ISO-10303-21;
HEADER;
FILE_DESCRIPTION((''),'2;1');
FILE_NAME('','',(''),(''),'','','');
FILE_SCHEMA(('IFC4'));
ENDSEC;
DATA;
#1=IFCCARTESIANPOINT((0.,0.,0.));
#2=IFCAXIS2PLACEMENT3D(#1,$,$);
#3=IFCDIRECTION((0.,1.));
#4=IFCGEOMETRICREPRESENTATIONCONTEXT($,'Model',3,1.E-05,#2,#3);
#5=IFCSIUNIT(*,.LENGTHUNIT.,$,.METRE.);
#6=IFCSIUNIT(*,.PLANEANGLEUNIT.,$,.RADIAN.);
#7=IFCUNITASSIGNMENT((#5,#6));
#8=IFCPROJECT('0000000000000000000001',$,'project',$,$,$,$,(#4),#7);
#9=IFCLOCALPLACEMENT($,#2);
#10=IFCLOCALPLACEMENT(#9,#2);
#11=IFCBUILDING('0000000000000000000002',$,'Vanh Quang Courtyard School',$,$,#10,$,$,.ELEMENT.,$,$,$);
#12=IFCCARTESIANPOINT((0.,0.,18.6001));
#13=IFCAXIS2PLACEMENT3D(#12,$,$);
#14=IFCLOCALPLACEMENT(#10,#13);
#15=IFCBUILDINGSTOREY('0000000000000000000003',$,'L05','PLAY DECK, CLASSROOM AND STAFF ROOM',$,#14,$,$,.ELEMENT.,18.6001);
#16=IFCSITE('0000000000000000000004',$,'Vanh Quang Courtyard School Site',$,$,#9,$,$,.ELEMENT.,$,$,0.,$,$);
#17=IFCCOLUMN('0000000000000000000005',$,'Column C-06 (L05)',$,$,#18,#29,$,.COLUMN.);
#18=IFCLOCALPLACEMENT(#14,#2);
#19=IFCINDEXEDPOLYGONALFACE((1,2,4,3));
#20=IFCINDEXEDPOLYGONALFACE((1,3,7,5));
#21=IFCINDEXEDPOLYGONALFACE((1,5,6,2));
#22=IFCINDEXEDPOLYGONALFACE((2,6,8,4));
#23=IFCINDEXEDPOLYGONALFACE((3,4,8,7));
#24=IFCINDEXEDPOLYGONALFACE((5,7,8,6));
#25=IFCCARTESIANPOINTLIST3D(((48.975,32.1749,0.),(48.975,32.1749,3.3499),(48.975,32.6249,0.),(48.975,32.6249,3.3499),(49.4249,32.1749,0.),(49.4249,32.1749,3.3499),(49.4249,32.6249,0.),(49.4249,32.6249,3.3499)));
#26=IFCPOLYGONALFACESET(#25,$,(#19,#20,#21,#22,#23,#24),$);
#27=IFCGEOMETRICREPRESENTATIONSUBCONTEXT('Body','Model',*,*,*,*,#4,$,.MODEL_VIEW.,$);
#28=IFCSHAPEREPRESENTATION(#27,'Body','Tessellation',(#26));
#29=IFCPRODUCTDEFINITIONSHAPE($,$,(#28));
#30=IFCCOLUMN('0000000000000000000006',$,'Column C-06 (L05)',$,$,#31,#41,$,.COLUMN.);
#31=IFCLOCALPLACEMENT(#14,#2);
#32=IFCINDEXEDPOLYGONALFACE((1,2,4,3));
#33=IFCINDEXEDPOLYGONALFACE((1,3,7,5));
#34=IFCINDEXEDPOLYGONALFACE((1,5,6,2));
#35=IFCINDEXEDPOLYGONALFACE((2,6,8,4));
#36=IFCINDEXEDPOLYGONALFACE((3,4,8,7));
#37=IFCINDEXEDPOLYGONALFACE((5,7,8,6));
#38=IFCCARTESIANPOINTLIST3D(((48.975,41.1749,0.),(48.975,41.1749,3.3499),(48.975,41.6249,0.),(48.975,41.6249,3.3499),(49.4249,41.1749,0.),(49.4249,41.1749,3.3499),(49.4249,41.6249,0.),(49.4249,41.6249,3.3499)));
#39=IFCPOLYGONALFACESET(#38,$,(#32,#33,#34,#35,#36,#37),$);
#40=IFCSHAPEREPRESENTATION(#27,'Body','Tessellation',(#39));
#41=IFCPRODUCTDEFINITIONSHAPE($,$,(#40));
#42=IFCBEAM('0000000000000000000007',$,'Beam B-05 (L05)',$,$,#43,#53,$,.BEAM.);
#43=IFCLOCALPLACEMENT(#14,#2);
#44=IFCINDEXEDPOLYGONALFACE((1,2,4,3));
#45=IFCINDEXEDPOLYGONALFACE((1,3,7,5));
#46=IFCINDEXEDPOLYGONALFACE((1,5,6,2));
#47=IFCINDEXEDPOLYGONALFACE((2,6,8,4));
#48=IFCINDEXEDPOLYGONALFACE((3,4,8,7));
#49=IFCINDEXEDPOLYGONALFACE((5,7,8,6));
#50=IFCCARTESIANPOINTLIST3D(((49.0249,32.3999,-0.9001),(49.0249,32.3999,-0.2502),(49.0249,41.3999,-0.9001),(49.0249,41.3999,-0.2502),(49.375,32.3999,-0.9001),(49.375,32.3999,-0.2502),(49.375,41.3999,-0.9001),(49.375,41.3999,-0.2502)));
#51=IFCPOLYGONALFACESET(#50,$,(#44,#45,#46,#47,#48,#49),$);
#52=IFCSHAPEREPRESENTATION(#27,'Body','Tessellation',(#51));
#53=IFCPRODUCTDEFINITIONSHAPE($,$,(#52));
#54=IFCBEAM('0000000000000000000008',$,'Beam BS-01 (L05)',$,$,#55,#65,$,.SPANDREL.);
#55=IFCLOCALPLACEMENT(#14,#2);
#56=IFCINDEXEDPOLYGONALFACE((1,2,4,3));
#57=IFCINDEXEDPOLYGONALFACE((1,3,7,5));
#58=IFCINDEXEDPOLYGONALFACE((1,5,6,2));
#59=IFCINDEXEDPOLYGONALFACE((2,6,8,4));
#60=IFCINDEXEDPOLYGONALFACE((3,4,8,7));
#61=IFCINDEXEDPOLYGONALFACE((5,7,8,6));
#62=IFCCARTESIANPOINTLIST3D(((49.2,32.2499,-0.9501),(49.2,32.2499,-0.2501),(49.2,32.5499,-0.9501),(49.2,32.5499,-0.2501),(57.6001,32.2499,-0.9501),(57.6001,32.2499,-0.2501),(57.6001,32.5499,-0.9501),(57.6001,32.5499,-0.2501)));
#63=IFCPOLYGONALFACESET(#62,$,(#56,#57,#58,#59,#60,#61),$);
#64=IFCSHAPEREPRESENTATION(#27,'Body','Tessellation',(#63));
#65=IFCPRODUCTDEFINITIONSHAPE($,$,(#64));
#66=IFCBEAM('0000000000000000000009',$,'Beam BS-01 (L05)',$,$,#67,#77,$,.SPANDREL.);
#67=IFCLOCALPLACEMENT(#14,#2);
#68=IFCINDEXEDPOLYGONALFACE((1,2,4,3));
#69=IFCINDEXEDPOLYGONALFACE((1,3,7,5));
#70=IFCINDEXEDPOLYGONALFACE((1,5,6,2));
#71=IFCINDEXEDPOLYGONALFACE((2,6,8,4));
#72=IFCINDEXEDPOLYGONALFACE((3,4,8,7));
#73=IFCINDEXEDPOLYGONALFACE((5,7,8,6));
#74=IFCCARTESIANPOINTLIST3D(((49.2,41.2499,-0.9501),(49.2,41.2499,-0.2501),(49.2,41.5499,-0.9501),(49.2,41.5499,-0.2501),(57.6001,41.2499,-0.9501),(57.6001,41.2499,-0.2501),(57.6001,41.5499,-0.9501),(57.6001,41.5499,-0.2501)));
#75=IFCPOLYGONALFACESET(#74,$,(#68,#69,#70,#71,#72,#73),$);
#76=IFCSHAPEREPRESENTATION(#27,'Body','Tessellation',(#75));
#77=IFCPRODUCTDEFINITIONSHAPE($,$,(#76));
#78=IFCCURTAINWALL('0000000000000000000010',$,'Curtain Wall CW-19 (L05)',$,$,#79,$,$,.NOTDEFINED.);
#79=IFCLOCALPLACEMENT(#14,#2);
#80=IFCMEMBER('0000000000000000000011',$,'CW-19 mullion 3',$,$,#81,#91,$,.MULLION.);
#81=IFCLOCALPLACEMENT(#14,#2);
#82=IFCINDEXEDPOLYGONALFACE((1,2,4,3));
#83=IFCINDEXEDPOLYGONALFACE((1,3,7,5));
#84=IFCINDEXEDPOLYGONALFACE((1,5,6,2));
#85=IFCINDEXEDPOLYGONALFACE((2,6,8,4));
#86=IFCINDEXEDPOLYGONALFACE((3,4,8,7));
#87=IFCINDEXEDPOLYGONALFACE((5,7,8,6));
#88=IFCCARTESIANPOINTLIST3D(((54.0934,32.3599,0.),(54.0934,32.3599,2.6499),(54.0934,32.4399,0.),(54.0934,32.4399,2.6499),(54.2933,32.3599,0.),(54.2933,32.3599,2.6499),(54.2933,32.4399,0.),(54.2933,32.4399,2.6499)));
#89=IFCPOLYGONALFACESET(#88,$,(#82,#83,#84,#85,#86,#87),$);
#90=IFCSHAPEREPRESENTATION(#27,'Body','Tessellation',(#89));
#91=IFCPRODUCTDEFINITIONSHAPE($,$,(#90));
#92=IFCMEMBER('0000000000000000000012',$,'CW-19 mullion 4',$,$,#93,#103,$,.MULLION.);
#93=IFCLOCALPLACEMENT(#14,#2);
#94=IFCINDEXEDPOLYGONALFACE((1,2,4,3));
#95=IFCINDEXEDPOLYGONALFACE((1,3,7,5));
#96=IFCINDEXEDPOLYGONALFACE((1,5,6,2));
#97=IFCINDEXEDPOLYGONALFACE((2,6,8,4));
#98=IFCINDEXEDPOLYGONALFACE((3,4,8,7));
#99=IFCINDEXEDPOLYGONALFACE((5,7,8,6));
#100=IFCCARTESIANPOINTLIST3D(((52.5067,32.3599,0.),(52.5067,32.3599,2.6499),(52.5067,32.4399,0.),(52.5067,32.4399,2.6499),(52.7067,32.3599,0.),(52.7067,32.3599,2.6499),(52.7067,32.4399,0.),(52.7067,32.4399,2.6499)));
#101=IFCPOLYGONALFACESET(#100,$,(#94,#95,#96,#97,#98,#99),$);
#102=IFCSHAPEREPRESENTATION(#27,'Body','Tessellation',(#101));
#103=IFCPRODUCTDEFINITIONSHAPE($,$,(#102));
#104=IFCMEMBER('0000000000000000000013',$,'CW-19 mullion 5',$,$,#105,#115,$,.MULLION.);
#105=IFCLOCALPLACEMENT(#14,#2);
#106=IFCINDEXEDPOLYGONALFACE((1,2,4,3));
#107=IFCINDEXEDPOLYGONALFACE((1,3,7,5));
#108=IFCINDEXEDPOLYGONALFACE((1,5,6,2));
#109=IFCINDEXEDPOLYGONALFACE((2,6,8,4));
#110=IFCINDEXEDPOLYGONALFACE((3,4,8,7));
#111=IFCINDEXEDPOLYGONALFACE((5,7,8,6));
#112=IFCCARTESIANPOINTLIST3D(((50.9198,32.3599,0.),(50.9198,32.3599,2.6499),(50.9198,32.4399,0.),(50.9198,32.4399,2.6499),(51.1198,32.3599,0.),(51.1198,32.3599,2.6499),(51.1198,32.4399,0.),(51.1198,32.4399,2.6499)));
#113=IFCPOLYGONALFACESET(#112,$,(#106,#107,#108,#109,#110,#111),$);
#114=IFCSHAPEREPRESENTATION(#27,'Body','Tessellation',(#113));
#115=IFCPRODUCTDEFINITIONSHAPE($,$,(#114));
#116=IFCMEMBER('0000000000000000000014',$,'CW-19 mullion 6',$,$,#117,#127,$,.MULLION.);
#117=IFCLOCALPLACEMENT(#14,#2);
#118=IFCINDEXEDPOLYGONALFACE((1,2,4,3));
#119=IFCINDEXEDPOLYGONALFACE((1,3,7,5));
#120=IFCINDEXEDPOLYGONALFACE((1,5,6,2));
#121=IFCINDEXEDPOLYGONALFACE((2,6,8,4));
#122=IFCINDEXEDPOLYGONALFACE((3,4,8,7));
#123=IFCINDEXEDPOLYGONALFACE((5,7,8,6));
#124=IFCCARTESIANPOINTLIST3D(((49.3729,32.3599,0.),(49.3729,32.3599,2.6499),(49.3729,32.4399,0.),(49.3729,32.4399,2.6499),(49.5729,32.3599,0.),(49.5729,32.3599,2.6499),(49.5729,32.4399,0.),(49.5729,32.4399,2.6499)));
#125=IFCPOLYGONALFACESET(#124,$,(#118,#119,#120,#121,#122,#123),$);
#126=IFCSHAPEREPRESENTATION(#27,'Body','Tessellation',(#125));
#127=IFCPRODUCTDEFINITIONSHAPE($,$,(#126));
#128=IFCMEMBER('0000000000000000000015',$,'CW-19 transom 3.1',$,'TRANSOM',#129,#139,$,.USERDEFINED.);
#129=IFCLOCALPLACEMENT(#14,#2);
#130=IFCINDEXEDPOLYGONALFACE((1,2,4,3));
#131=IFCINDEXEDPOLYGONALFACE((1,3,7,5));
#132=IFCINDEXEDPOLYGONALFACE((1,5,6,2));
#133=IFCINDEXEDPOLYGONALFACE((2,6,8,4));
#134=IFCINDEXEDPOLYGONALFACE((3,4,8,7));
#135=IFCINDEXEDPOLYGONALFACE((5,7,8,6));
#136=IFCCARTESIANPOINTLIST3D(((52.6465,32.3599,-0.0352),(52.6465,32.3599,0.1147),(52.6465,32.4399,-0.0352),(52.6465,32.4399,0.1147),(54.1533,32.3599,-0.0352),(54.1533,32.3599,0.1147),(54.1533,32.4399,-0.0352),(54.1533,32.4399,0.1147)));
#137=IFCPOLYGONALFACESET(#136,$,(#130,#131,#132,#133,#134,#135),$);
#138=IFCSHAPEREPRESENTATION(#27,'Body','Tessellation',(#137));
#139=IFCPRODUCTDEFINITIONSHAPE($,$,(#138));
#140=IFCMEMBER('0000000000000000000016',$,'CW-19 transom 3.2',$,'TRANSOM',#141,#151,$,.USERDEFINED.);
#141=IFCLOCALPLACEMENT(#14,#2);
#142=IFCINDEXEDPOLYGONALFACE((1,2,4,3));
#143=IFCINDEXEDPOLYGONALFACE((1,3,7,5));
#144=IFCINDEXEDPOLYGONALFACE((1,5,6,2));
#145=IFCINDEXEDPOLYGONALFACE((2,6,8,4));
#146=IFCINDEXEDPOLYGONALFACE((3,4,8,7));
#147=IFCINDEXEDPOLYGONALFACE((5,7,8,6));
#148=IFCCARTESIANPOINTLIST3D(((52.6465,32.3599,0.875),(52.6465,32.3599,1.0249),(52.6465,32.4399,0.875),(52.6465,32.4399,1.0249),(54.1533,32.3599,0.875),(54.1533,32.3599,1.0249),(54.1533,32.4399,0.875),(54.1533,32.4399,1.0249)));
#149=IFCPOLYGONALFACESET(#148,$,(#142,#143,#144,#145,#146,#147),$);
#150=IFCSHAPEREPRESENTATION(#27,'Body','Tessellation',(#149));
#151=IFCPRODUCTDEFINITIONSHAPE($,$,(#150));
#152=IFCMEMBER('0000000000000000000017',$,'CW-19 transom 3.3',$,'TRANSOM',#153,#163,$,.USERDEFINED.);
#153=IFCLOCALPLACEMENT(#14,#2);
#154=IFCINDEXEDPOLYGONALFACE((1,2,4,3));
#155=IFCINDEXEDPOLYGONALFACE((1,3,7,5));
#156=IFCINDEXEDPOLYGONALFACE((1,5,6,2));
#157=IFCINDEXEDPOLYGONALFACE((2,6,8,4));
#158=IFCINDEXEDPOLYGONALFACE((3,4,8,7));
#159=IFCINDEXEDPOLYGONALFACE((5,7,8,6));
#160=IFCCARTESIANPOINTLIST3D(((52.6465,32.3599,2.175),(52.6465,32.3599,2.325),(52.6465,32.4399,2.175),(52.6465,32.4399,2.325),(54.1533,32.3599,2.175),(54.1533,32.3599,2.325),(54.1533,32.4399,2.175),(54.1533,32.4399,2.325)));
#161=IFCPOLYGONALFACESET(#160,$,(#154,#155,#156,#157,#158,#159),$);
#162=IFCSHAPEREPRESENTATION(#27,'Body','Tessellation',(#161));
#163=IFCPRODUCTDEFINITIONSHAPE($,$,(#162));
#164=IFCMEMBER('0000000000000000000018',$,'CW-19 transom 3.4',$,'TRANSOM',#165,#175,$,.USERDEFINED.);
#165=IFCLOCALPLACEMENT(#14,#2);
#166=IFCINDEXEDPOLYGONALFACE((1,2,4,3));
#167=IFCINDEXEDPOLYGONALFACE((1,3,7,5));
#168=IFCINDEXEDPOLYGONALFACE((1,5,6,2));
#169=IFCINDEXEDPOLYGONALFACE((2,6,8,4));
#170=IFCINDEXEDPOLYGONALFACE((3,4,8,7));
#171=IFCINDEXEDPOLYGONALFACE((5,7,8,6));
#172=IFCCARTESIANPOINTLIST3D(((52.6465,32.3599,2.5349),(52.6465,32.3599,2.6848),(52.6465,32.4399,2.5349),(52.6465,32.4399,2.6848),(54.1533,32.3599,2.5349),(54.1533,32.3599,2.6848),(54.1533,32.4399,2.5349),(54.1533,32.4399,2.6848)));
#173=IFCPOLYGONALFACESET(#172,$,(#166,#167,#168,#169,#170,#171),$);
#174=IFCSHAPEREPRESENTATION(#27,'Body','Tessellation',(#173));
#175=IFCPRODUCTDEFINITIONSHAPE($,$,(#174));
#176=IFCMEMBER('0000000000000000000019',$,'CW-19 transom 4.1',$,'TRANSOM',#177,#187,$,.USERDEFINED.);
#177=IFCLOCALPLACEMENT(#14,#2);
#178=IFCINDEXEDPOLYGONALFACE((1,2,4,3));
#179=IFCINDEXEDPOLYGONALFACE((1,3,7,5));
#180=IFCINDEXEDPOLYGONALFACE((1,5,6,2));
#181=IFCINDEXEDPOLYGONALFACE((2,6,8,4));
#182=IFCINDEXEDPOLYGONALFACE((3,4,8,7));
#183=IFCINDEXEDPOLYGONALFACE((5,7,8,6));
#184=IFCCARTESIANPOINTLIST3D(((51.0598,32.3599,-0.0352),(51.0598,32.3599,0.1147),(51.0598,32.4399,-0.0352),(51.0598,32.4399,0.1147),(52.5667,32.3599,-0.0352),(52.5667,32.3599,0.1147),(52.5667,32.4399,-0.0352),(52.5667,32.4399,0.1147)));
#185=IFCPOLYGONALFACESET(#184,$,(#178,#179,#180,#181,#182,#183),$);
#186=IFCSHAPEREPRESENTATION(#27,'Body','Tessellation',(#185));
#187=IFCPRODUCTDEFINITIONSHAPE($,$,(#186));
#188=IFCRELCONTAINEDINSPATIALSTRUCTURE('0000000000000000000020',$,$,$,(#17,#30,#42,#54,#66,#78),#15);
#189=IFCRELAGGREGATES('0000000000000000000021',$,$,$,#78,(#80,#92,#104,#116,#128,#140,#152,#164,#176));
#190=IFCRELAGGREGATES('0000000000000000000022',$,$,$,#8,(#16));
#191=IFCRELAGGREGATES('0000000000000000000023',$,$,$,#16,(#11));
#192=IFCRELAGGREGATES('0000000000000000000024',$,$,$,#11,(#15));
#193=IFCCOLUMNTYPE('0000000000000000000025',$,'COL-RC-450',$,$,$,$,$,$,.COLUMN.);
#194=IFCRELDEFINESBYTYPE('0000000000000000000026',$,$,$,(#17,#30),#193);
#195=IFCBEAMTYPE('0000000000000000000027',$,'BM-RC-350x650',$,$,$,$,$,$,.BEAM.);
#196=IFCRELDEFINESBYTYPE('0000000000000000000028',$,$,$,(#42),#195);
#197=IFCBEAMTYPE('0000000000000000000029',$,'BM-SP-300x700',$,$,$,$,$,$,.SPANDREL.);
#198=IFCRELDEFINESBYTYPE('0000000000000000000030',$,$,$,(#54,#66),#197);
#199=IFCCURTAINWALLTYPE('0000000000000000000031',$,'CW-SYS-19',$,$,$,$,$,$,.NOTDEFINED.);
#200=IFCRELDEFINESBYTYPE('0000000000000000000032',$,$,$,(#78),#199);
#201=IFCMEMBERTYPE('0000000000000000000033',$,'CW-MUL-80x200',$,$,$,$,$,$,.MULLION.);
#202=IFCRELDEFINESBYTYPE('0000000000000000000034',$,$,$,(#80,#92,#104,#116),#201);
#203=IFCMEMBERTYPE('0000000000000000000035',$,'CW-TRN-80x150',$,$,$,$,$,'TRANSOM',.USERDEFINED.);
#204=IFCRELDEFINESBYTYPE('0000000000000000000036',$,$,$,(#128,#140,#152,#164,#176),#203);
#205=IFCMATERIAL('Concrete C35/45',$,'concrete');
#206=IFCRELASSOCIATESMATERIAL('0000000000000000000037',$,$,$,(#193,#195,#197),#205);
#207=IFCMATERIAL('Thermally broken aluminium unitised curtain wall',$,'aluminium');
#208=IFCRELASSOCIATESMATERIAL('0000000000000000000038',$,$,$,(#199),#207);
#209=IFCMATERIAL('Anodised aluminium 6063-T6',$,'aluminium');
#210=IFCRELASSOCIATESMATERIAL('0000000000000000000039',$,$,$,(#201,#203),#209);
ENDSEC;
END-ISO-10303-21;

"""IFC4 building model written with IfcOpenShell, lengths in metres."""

from ifc_helpers import new_model, si_unit, direction, frame, origin, origin_2d, place, context, subcontext, project, spatial, rectangle, extrude, material, material_profile, profile_set, type_object, element, aggregate, save


model = new_model("IFC4")

# Units and contexts
model_context = context("Model", 3, precision=1e-05, world=origin(), true_north=direction((0.0, 1.0)))
body_context = subcontext(model_context, "Body", "Model", "MODEL_VIEW")
ifc_project = project(units=[si_unit("LENGTHUNIT", "METRE"), si_unit("PLANEANGLEUNIT", "RADIAN")], contexts=[model_context])

# Site, building, storey
site_placement = place(None, origin())
site = spatial("IfcSite", under=ifc_project, at=site_placement, Name="Vanh Quang Courtyard School Site", CompositionType="ELEMENT", RefElevation=0.0)
building_placement = place(site_placement, origin())
building = spatial("IfcBuilding", under=site, at=building_placement, Name="Vanh Quang Courtyard School", CompositionType="ELEMENT")
storey_placement = place(building_placement, frame((0.0, 0.0, 18.6001)))
storey = spatial("IfcBuildingStorey", under=building, at=storey_placement, Name="L05", Description="PLAY DECK, CLASSROOM AND STAFF ROOM", CompositionType="ELEMENT", Elevation=18.6001)

# Columns
ifc_material_1 = material(Name="Concrete C35/45", Category="concrete")
ifc_material_profile_1 = material_profile(ifc_material_1, rectangle(XDim=0.45, YDim=0.45, at=origin_2d()), Name="RC-COL 450x450")
ifc_profile_set_1 = profile_set([ifc_material_profile_1], Name="Concrete C35/45")
column_type = type_object("IfcColumnType", Name="COL-RC-450", PredefinedType="COLUMN", material=ifc_profile_set_1)
for number, where, z_axis, x_axis, name in (
    (1, (49.2, 32.3999, 0.0), (0.0, 0.0, 1.0), (1.0, 0.0, 0.0), "Column C-06 (L05)"),
    (2, (49.2, 41.3999, 0.0), (0.0, 0.0, 1.0), (1.0, 0.0, 0.0), "Column C-06 (L05)"),
):
    element("IfcColumn", number, at=place(storey_placement, frame(where, z_axis=z_axis, x_axis=x_axis)), inside=storey, type_object=column_type, Name=name, PredefinedType="COLUMN", context=body_context, shape_type="SweptSolid", body=[
        extrude(rectangle(XDim=0.45, YDim=0.45, at=origin_2d()), origin(), (0.0, 0.0, 1.0), 3.3499),
    ])

# Beams
ifc_material_profile_2 = material_profile(ifc_material_1, rectangle(XDim=0.3501, YDim=0.6499, at=origin_2d()), Name="RC-BM 350x650")
ifc_profile_set_2 = profile_set([ifc_material_profile_2], Name="Concrete C35/45")
beam_type_1 = type_object("IfcBeamType", Name="BM-RC-350x650", PredefinedType="BEAM", material=ifc_profile_set_2)
beam_placement = place(storey_placement, frame((49.2, 32.3999, -0.5752), z_axis=(0.0, 1.0, 0.0), x_axis=(-1.0, 0.0, 0.0)))
element("IfcBeam", 3, at=beam_placement, inside=storey, type_object=beam_type_1, Name="Beam B-05 (L05)", PredefinedType="BEAM", context=body_context, shape_type="SweptSolid", body=[
    extrude(rectangle(XDim=0.3501, YDim=0.6499, at=origin_2d()), origin(), (0.0, 0.0, 1.0), 9.0),
])
ifc_material_profile_3 = material_profile(ifc_material_1, rectangle(XDim=0.3, YDim=0.7, at=origin_2d()), Name="RC-SP 300x700")
ifc_profile_set_3 = profile_set([ifc_material_profile_3], Name="Concrete C35/45")
beam_type_2 = type_object("IfcBeamType", Name="BM-SP-300x700", PredefinedType="SPANDREL", material=ifc_profile_set_3)
for number, where, z_axis, x_axis, name in (
    (4, (49.2, 32.3999, -0.6001), (1.0, 0.0, 0.0), (0.0, 1.0, 0.0), "Beam BS-01 (L05)"),
    (5, (49.2, 41.3999, -0.6001), (1.0, 0.0, 0.0), (0.0, 1.0, 0.0), "Beam BS-01 (L05)"),
):
    element("IfcBeam", number, at=place(storey_placement, frame(where, z_axis=z_axis, x_axis=x_axis)), inside=storey, type_object=beam_type_2, Name=name, PredefinedType="SPANDREL", context=body_context, shape_type="SweptSolid", body=[
        extrude(rectangle(XDim=0.3, YDim=0.7, at=origin_2d()), origin(), (0.0, 0.0, 1.0), 8.4001),
    ])

# Curtain wall, members
ifc_material_2 = material(Name="Thermally broken aluminium unitised curtain wall", Category="aluminium")
curtain_wall_type = type_object("IfcCurtainWallType", Name="CW-SYS-19", PredefinedType="NOTDEFINED", material=ifc_material_2)
curtain_wall_placement = place(storey_placement, origin())
curtain_wall = element("IfcCurtainWall", 6, at=curtain_wall_placement, inside=storey, type_object=curtain_wall_type, Name="Curtain Wall CW-19 (L05)", PredefinedType="NOTDEFINED")
ifc_material_3 = material(Name="Anodised aluminium 6063-T6", Category="aluminium")
ifc_material_profile_4 = material_profile(ifc_material_3, rectangle(XDim=0.0801, YDim=0.2, at=origin_2d()), Name="ALU-MUL 80x200")
ifc_profile_set_4 = profile_set([ifc_material_profile_4], Name="Anodised aluminium 6063-T6")
member_type_1 = type_object("IfcMemberType", Name="CW-MUL-80x200", PredefinedType="MULLION", material=ifc_profile_set_4)
member_1_placement = place(storey_placement, frame((54.1934, 32.3999, 0.0), z_axis=(0.0, 0.0, 1.0), x_axis=(0.0, -1.0, 0.0)))
member_1 = element("IfcMember", 7, at=member_1_placement, type_object=member_type_1, Name="CW-19 mullion 3", PredefinedType="MULLION", context=body_context, shape_type="SweptSolid", body=[
    extrude(rectangle(XDim=0.0801, YDim=0.2, at=origin_2d()), origin(), (0.0, 0.0, 1.0), 2.6499),
])
member_2_placement = place(storey_placement, frame((52.6067, 32.3999, 0.0), z_axis=(0.0, 0.0, 1.0), x_axis=(0.0, -1.0, 0.0)))
member_2 = element("IfcMember", 8, at=member_2_placement, type_object=member_type_1, Name="CW-19 mullion 4", PredefinedType="MULLION", context=body_context, shape_type="SweptSolid", body=[
    extrude(rectangle(XDim=0.0801, YDim=0.2, at=origin_2d()), origin(), (0.0, 0.0, 1.0), 2.6499),
])
member_3_placement = place(storey_placement, frame((51.0198, 32.3999, 0.0), z_axis=(0.0, 0.0, 1.0), x_axis=(0.0, -1.0, 0.0)))
member_3 = element("IfcMember", 9, at=member_3_placement, type_object=member_type_1, Name="CW-19 mullion 5", PredefinedType="MULLION", context=body_context, shape_type="SweptSolid", body=[
    extrude(rectangle(XDim=0.0801, YDim=0.2, at=origin_2d()), origin(), (0.0, 0.0, 1.0), 2.6499),
])
member_4_placement = place(storey_placement, frame((49.4729, 32.3999, 0.0), z_axis=(0.0, 0.0, 1.0), x_axis=(0.0, -1.0, 0.0)))
member_4 = element("IfcMember", 10, at=member_4_placement, type_object=member_type_1, Name="CW-19 mullion 6", PredefinedType="MULLION", context=body_context, shape_type="SweptSolid", body=[
    extrude(rectangle(XDim=0.0801, YDim=0.2, at=origin_2d()), origin(), (0.0, 0.0, 1.0), 2.6499),
])
ifc_material_profile_5 = material_profile(ifc_material_3, rectangle(XDim=0.0801, YDim=0.1499, at=origin_2d()), Name="ALU-TRN 80x150")
ifc_profile_set_5 = profile_set([ifc_material_profile_5], Name="Anodised aluminium 6063-T6")
member_type_2 = type_object("IfcMemberType", Name="CW-TRN-80x150", ElementType="TRANSOM", PredefinedType="USERDEFINED", material=ifc_profile_set_5)
member_5_placement = place(storey_placement, frame((54.1533, 32.3999, 0.0398), z_axis=(-1.0, 0.0, 0.0), x_axis=(0.0, -1.0, 0.0)))
member_5 = element("IfcMember", 11, at=member_5_placement, type_object=member_type_2, Name="CW-19 transom 3.1", ObjectType="TRANSOM", PredefinedType="USERDEFINED", context=body_context, shape_type="SweptSolid", body=[
    extrude(rectangle(XDim=0.0801, YDim=0.1499, at=origin_2d()), origin(), (0.0, 0.0, 1.0), 1.5068),
])
member_6_placement = place(storey_placement, frame((54.1533, 32.3999, 0.95), z_axis=(-1.0, 0.0, 0.0), x_axis=(0.0, -1.0, 0.0)))
member_6 = element("IfcMember", 12, at=member_6_placement, type_object=member_type_2, Name="CW-19 transom 3.2", ObjectType="TRANSOM", PredefinedType="USERDEFINED", context=body_context, shape_type="SweptSolid", body=[
    extrude(rectangle(XDim=0.0801, YDim=0.1499, at=origin_2d()), origin(), (0.0, 0.0, 1.0), 1.5068),
])
member_7_placement = place(storey_placement, frame((54.1533, 32.3999, 2.25), z_axis=(-1.0, 0.0, 0.0), x_axis=(0.0, -1.0, 0.0)))
member_7 = element("IfcMember", 13, at=member_7_placement, type_object=member_type_2, Name="CW-19 transom 3.3", ObjectType="TRANSOM", PredefinedType="USERDEFINED", context=body_context, shape_type="SweptSolid", body=[
    extrude(rectangle(XDim=0.0801, YDim=0.1499, at=origin_2d()), origin(), (0.0, 0.0, 1.0), 1.5068),
])
member_8_placement = place(storey_placement, frame((54.1533, 32.3999, 2.6099), z_axis=(-1.0, 0.0, 0.0), x_axis=(0.0, -1.0, 0.0)))
member_8 = element("IfcMember", 14, at=member_8_placement, type_object=member_type_2, Name="CW-19 transom 3.4", ObjectType="TRANSOM", PredefinedType="USERDEFINED", context=body_context, shape_type="SweptSolid", body=[
    extrude(rectangle(XDim=0.0801, YDim=0.1499, at=origin_2d()), origin(), (0.0, 0.0, 1.0), 1.5068),
])
member_9_placement = place(storey_placement, frame((52.5667, 32.3999, 0.0398), z_axis=(-1.0, 0.0, 0.0), x_axis=(0.0, -1.0, 0.0)))
member_9 = element("IfcMember", 15, at=member_9_placement, type_object=member_type_2, Name="CW-19 transom 4.1", ObjectType="TRANSOM", PredefinedType="USERDEFINED", context=body_context, shape_type="SweptSolid", body=[
    extrude(rectangle(XDim=0.0801, YDim=0.1499, at=origin_2d()), origin(), (0.0, 0.0, 1.0), 1.5068),
])

aggregate(curtain_wall, [member_1, member_2, member_3, member_4, member_5, member_6, member_7, member_8, member_9])

save(model, "model.ifc")
